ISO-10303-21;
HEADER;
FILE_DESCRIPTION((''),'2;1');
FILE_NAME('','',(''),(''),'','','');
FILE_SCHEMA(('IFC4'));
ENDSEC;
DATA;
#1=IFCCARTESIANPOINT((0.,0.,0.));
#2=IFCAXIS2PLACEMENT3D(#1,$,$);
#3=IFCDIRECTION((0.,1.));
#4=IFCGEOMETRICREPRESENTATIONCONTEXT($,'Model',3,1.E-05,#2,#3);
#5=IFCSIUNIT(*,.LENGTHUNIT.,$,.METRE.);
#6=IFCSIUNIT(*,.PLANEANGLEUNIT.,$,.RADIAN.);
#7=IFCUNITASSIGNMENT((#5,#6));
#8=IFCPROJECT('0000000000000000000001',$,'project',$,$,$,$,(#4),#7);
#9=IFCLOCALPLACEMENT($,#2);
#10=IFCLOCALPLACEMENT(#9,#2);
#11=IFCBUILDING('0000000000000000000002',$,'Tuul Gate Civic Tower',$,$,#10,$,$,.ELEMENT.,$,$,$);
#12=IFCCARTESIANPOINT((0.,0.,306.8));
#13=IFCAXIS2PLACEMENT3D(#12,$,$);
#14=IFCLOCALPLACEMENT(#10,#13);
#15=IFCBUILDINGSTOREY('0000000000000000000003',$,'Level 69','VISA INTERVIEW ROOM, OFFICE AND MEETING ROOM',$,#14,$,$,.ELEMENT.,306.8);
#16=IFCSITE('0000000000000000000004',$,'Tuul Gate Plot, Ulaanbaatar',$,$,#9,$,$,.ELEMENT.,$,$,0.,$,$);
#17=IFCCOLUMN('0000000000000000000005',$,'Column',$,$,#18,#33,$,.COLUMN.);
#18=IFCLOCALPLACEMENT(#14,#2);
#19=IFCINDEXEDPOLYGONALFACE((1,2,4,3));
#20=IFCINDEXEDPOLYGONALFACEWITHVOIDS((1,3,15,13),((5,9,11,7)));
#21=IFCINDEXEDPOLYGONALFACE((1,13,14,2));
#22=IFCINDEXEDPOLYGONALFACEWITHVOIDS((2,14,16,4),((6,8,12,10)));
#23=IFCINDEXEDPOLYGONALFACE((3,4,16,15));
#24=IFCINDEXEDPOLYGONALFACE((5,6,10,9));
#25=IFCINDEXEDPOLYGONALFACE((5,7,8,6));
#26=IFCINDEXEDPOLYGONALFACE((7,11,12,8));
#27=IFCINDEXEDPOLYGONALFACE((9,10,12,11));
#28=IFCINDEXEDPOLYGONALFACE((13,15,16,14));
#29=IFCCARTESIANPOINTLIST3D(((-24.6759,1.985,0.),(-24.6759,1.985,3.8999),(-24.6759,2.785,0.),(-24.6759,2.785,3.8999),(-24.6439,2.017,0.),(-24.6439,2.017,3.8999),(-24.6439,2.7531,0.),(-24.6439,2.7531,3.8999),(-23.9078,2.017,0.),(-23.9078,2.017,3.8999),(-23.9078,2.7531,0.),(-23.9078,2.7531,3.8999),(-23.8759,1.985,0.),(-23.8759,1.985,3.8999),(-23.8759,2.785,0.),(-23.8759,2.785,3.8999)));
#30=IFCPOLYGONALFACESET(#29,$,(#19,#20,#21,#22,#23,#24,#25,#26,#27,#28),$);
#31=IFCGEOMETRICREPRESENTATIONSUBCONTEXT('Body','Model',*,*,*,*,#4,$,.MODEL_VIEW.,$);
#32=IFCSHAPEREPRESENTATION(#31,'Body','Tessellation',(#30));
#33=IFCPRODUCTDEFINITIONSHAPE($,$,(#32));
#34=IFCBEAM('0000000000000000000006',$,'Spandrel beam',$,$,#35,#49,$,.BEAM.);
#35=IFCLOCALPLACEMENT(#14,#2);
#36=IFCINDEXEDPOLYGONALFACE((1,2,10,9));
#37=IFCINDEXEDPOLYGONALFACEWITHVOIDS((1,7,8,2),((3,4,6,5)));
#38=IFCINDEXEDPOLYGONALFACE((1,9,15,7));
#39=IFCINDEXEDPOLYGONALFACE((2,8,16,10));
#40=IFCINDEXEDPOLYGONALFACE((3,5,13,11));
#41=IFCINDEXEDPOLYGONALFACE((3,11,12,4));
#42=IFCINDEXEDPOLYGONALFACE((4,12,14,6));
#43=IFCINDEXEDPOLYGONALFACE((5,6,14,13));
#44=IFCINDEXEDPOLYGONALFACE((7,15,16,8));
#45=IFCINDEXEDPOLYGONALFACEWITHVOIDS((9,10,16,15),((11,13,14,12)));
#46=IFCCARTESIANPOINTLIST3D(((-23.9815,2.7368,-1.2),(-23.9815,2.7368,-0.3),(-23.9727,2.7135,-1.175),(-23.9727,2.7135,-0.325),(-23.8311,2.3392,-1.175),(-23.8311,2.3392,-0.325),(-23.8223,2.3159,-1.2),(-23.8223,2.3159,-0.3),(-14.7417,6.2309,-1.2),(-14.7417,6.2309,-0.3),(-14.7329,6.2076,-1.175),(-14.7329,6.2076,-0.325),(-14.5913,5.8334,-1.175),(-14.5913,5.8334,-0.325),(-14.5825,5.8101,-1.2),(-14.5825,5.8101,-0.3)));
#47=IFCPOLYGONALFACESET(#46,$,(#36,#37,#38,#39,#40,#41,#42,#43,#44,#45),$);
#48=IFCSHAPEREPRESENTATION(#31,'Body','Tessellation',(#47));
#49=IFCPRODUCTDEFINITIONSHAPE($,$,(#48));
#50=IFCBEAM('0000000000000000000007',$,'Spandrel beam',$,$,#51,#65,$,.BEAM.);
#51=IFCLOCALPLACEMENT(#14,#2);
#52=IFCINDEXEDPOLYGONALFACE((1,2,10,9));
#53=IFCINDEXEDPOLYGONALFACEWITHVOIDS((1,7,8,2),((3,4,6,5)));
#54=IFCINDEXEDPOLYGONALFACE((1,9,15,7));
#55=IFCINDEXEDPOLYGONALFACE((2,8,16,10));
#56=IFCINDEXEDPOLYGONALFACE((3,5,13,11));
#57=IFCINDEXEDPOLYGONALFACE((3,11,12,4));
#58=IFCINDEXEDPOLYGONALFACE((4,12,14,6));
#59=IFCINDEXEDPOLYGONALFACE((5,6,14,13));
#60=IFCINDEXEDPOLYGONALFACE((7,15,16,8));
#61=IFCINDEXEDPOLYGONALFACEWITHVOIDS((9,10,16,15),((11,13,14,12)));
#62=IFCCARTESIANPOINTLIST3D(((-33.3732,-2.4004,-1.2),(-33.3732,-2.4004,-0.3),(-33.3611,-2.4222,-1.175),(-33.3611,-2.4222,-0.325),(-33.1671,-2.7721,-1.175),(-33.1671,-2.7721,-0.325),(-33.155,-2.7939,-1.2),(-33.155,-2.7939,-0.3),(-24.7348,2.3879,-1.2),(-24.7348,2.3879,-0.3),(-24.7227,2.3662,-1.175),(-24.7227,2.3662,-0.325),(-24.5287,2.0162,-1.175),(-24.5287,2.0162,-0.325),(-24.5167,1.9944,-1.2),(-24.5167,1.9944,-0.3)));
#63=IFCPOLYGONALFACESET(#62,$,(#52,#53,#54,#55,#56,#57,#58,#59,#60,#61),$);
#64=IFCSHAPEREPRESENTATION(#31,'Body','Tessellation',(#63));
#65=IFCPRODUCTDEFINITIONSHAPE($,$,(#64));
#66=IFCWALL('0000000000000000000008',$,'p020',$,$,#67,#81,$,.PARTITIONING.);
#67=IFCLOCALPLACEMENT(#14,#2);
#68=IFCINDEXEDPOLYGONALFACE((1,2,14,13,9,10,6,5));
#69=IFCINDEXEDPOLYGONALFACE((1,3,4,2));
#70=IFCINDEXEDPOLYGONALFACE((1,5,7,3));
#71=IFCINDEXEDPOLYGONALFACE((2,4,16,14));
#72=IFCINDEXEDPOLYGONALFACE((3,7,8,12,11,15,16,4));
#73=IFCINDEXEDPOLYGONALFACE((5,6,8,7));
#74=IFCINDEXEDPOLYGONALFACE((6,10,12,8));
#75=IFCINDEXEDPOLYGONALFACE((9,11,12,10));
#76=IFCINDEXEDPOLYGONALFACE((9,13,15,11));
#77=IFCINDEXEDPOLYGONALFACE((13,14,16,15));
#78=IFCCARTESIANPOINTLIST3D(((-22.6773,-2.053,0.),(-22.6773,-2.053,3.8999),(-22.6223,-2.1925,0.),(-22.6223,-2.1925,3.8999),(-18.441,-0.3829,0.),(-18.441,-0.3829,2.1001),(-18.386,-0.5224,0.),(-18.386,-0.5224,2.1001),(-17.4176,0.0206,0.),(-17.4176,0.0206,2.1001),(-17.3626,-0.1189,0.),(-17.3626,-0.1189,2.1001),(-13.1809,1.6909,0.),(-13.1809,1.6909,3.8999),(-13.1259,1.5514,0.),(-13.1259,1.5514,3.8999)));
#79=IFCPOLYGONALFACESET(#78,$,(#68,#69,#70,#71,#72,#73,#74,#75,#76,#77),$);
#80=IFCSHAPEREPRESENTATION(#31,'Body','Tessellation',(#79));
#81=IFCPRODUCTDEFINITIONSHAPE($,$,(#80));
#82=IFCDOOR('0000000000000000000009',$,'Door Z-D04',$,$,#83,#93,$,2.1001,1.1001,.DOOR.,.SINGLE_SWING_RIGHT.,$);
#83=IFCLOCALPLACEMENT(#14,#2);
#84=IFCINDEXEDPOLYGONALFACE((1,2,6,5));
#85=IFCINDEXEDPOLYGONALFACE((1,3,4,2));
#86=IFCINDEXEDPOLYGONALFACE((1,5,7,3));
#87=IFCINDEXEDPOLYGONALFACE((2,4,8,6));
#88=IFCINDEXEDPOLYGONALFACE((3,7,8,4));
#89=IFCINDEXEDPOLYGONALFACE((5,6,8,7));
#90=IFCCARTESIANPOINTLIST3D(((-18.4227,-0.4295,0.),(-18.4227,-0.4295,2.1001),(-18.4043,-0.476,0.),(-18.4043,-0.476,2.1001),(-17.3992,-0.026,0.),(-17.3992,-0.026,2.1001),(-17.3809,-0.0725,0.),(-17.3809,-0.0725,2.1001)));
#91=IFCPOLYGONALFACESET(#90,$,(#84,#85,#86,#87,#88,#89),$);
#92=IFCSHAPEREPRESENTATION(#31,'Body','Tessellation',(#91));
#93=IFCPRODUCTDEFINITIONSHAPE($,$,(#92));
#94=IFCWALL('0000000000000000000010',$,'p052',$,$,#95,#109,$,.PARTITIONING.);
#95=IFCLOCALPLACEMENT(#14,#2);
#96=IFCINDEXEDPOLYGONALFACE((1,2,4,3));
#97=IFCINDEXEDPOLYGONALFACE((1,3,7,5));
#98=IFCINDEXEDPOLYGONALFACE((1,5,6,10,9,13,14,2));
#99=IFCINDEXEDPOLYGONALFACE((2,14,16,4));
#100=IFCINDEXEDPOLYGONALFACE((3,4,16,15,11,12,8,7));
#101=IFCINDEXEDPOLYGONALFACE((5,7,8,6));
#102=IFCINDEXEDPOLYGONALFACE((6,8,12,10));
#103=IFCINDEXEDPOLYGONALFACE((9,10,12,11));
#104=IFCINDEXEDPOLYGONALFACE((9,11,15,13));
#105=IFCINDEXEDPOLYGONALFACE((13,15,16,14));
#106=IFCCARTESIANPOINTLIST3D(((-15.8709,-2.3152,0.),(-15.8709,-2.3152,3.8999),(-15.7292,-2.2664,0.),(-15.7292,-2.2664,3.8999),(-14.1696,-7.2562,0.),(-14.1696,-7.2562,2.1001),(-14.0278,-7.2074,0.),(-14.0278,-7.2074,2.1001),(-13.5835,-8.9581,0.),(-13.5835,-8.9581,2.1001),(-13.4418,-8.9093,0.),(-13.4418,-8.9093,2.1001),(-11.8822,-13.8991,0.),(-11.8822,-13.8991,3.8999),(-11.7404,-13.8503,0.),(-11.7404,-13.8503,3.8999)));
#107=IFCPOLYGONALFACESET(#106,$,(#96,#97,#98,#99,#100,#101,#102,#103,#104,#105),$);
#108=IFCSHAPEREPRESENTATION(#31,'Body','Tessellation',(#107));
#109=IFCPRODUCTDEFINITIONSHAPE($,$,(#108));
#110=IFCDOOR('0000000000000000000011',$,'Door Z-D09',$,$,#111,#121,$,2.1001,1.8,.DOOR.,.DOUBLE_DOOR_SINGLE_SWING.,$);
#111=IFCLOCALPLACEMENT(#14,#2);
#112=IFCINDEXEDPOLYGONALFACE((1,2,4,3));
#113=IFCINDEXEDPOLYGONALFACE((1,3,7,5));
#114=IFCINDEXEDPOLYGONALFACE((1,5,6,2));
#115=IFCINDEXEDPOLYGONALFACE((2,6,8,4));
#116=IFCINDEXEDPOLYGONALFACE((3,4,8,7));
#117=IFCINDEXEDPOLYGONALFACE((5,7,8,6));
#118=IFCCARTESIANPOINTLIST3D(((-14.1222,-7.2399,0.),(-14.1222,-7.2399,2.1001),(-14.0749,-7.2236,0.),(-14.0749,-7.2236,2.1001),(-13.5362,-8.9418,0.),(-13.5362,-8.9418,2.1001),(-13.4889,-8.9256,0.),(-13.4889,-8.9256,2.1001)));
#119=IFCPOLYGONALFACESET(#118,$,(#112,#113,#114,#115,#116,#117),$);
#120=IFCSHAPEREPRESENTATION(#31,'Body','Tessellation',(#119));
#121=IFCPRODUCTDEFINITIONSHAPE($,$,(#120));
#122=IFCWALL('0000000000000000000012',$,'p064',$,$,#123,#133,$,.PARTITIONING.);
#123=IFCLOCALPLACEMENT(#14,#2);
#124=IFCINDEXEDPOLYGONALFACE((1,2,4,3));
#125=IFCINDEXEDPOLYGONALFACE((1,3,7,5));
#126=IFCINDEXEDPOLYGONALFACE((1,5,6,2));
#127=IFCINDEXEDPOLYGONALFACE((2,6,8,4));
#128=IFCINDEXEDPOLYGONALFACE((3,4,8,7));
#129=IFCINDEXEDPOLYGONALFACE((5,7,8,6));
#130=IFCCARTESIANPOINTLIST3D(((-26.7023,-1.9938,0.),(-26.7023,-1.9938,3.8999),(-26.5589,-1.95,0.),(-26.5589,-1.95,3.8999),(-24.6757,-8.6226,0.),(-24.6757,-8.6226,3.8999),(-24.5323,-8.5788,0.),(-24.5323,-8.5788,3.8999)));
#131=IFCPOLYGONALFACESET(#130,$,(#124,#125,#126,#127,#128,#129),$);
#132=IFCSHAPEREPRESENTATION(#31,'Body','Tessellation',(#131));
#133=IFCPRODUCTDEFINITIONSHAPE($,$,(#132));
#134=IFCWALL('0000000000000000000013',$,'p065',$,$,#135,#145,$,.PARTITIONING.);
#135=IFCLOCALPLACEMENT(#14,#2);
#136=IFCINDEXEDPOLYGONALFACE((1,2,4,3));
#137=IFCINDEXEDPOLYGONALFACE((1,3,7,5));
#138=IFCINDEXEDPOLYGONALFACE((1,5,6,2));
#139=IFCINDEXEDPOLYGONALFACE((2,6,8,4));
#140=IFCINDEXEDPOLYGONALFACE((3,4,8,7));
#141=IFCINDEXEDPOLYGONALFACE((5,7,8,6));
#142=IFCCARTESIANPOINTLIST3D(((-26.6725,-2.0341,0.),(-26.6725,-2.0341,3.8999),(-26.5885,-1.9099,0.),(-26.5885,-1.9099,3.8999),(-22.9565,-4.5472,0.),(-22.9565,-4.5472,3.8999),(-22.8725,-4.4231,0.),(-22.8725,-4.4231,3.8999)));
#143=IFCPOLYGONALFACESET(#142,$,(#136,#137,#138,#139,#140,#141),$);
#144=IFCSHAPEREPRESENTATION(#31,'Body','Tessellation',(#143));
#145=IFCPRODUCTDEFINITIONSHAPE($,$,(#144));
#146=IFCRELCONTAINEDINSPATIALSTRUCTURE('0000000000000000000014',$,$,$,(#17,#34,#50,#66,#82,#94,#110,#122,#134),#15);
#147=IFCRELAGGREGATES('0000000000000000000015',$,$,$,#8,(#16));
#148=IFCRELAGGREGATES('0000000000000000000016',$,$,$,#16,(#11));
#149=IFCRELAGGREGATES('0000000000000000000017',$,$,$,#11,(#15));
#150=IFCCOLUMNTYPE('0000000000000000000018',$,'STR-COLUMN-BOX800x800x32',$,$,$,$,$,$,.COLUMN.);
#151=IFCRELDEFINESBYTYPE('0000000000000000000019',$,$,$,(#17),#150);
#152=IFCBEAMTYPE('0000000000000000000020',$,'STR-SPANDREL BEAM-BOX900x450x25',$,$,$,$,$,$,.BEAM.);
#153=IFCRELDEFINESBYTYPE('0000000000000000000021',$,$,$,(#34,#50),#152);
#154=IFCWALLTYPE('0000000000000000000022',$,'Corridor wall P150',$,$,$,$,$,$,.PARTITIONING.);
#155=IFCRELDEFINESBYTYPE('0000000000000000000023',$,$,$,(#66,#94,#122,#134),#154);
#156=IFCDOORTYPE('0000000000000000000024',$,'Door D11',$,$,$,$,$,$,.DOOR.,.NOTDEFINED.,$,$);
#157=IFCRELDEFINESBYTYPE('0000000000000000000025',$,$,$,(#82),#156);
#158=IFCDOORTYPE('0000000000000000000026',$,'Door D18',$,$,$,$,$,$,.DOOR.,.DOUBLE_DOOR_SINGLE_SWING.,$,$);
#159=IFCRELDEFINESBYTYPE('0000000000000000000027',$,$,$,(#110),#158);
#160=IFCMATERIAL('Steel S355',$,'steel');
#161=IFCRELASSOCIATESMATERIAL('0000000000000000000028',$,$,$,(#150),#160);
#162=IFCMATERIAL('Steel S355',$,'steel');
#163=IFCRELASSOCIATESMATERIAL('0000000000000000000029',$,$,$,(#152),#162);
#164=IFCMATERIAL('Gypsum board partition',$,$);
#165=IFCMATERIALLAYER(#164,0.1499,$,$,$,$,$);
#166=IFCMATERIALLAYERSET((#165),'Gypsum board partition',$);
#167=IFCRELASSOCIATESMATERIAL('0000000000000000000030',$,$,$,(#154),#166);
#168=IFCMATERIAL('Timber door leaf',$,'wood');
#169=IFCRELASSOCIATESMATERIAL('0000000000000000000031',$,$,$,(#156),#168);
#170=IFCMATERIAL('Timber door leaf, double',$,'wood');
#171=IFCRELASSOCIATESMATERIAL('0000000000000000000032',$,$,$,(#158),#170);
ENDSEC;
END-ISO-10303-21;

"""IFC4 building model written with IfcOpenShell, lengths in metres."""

from ifc_helpers import new_model, si_unit, direction, frame, frame_2d, origin, origin_2d, place, context, subcontext, project, spatial, rectangle, hollow_rectangle, extrude, material, layer, layer_set, material_profile, profile_set, type_object, element, fill, save


model = new_model("IFC4")

# Units and contexts
model_context = context("Model", 3, precision=1e-05, world=origin(), true_north=direction((0.0, 1.0)))
body_context = subcontext(model_context, "Body", "Model", "MODEL_VIEW")
ifc_project = project(units=[si_unit("LENGTHUNIT", "METRE"), si_unit("PLANEANGLEUNIT", "RADIAN")], contexts=[model_context])

# Site, building, storey
site_placement = place(None, origin())
site = spatial("IfcSite", under=ifc_project, at=site_placement, Name="Tuul Gate Plot, Ulaanbaatar", CompositionType="ELEMENT", RefElevation=0.0)
building_placement = place(site_placement, origin())
building = spatial("IfcBuilding", under=site, at=building_placement, Name="Tuul Gate Civic Tower", CompositionType="ELEMENT")
storey_placement = place(building_placement, frame((0.0, 0.0, 306.8)))
storey = spatial("IfcBuildingStorey", under=building, at=storey_placement, Name="Level 69", Description="VISA INTERVIEW ROOM, OFFICE AND MEETING ROOM", CompositionType="ELEMENT", Elevation=306.8)

# Column
ifc_material_1 = material(Name="Steel S355", Category="steel")
ifc_material_profile_1 = material_profile(ifc_material_1, hollow_rectangle(XDim=0.8, YDim=0.8, WallThickness=0.032, at=origin_2d()), Name="BOX800x800x32")
ifc_profile_set_1 = profile_set([ifc_material_profile_1], Name="Steel S355")
column_type = type_object("IfcColumnType", Name="STR-COLUMN-BOX800x800x32", PredefinedType="COLUMN", material=ifc_profile_set_1)
column_placement = place(storey_placement, frame((-24.2759, 2.385, 0.0), z_axis=(0.0, 0.0, 1.0), x_axis=(1.0, 0.0, 0.0)))
element("IfcColumn", 1, at=column_placement, inside=storey, type_object=column_type, Name="Column", PredefinedType="COLUMN", context=body_context, shape_type="SweptSolid", body=[
    extrude(hollow_rectangle(XDim=0.8, YDim=0.8, WallThickness=0.032, at=origin_2d()), origin(), (0.0, 0.0, 1.0), 3.8999),
])

# Beams
ifc_material_2 = material(Name="Steel S355", Category="steel")
ifc_material_profile_2 = material_profile(ifc_material_2, hollow_rectangle(XDim=0.45, YDim=0.8999, WallThickness=0.0249, at=origin_2d()), Name="BOX900x450x25")
ifc_profile_set_2 = profile_set([ifc_material_profile_2], Name="Steel S355")
beam_type = type_object("IfcBeamType", Name="STR-SPANDREL BEAM-BOX900x450x25", PredefinedType="BEAM", material=ifc_profile_set_2)
beam_1_placement = place(storey_placement, frame((-14.6621, 6.0205, -0.75), z_axis=(-0.935353, -0.353717, 0.0), x_axis=(0.353717, -0.935353, 0.0)))
element("IfcBeam", 2, at=beam_1_placement, inside=storey, type_object=beam_type, Name="Spandrel beam", PredefinedType="BEAM", context=body_context, shape_type="SweptSolid", body=[
    extrude(hollow_rectangle(XDim=0.45, YDim=0.8999, WallThickness=0.0249, at=origin_2d()), origin(), (0.0, 0.0, 1.0), 9.8784),
])
beam_2_placement = place(storey_placement, frame((-24.6257, 2.1912, -0.75), z_axis=(-0.874621, -0.484807, 0.0), x_axis=(0.484807, -0.874621, 0.0)))
element("IfcBeam", 3, at=beam_2_placement, inside=storey, type_object=beam_type, Name="Spandrel beam", PredefinedType="BEAM", context=body_context, shape_type="SweptSolid", body=[
    extrude(hollow_rectangle(XDim=0.45, YDim=0.8999, WallThickness=0.0249, at=origin_2d()), origin(), (0.0, 0.0, 1.0), 9.8767),
])

# Walls, openings, doors
ifc_material_3 = material(Name="Gypsum board partition")
ifc_layer_1 = layer(ifc_material_3, 0.1499)
ifc_layer_set_1 = layer_set([ifc_layer_1], Name="Gypsum board partition")
wall_type_1 = type_object("IfcWallType", Name="Corridor wall P150", PredefinedType="PARTITIONING", material=ifc_layer_set_1)
wall_1_placement = place(storey_placement, frame((-22.6499, -2.1228, 0.0), z_axis=(0.0, 0.0, 1.0), x_axis=(0.930311, 0.366772, 0.0)))
wall_1 = element("IfcWall", 4, at=wall_1_placement, inside=storey, type_object=wall_type_1, Name="p020", PredefinedType="PARTITIONING", context=body_context, shape_type="SweptSolid", body=[
    extrude(rectangle(XDim=10.2078, YDim=0.1499, at=frame_2d((5.104, 0.0))), origin(), (0.0, 0.0, 1.0), 3.8999),
])
opening_1_placement = place(wall_1_placement, frame((4.5537, 0.0, 0.0)))
opening_1 = element("IfcOpeningElement", 5, at=opening_1_placement, cuts=wall_1, PredefinedType="OPENING", context=body_context, shape_type="SweptSolid", body=[
    extrude(rectangle(XDim=1.1001, YDim=2.1001, at=frame_2d((0.55, 1.05))), frame((0.0, 0.085, 0.0), z_axis=(0.0, -1.0, 0.0), x_axis=(1.0, 0.0, 0.0)), (0.0, 0.0, 1.0), 0.1699),
])
ifc_material_4 = material(Name="Timber door leaf", Category="wood")
door_type_1 = type_object("IfcDoorType", Name="Door D11", OperationType="NOTDEFINED", PredefinedType="DOOR", material=ifc_material_4)
door_1_placement = place(opening_1_placement, origin())
door_1 = element("IfcDoor", 6, at=door_1_placement, inside=storey, type_object=door_type_1, Name="Door Z-D04", OperationType="SINGLE_SWING_RIGHT", OverallHeight=2.1001, OverallWidth=1.1001, PredefinedType="DOOR", context=body_context, shape_type="SweptSolid", body=[
    extrude(rectangle(XDim=1.1001, YDim=2.1001, at=frame_2d((0.55, 1.05))), frame((0.0, 0.0249, 0.0), z_axis=(0.0, -1.0, 0.0), x_axis=(1.0, 0.0, 0.0)), (0.0, 0.0, 1.0), 0.05),
])
fill(opening_1, door_1)
wall_2_placement = place(storey_placement, frame((-15.8, -2.2908, 0.0), z_axis=(0.0, 0.0, 1.0), x_axis=(0.325574, -0.945516, 0.0)))
wall_2 = element("IfcWall", 7, at=wall_2_placement, inside=storey, type_object=wall_type_1, Name="p052", PredefinedType="PARTITIONING", context=body_context, shape_type="SweptSolid", body=[
    extrude(rectangle(XDim=12.2515, YDim=0.1499, at=frame_2d((6.1257, 0.0))), origin(), (0.0, 0.0, 1.0), 3.8999),
])
opening_2_placement = place(wall_2_placement, frame((5.2258, 0.0, 0.0)))
opening_2 = element("IfcOpeningElement", 8, at=opening_2_placement, cuts=wall_2, PredefinedType="OPENING", context=body_context, shape_type="SweptSolid", body=[
    extrude(rectangle(XDim=1.8, YDim=2.1001, at=frame_2d((0.8999, 1.05))), frame((0.0, 0.085, 0.0), z_axis=(0.0, -1.0, 0.0), x_axis=(1.0, 0.0, 0.0)), (0.0, 0.0, 1.0), 0.1699),
])
ifc_material_5 = material(Name="Timber door leaf, double", Category="wood")
door_type_2 = type_object("IfcDoorType", Name="Door D18", OperationType="DOUBLE_DOOR_SINGLE_SWING", PredefinedType="DOOR", material=ifc_material_5)
door_2_placement = place(opening_2_placement, frame((1.8, 0.0, 0.0), z_axis=(0.0, 0.0, 1.0), x_axis=(-1.0, 0.0, 0.0)))
door_2 = element("IfcDoor", 9, at=door_2_placement, inside=storey, type_object=door_type_2, Name="Door Z-D09", OperationType="DOUBLE_DOOR_SINGLE_SWING", OverallHeight=2.1001, OverallWidth=1.8, PredefinedType="DOOR", context=body_context, shape_type="SweptSolid", body=[
    extrude(rectangle(XDim=1.8, YDim=2.1001, at=frame_2d((0.9001, 1.05))), frame((0.0, 0.0249, 0.0), z_axis=(0.0, -1.0, 0.0), x_axis=(1.0, 0.0, 0.0)), (0.0, 0.0, 1.0), 0.05),
])
fill(opening_2, door_2)

# Walls
wall_3_placement = place(storey_placement, frame((-26.6306, -1.9719, 0.0), z_axis=(0.0, 0.0, 1.0), x_axis=(0.292375, -0.956304, 0.0)))
element("IfcWall", 10, at=wall_3_placement, inside=storey, type_object=wall_type_1, Name="p064", PredefinedType="PARTITIONING", context=body_context, shape_type="SweptSolid", body=[
    extrude(rectangle(XDim=6.9316, YDim=0.1499, at=frame_2d((3.4658, 0.0))), origin(), (0.0, 0.0, 1.0), 3.8999),
])
wall_4_placement = place(storey_placement, frame((-26.6306, -1.9719, 0.0), z_axis=(0.0, 0.0, 1.0), x_axis=(0.828348, -0.560214, 0.0)))
element("IfcWall", 11, at=wall_4_placement, inside=storey, type_object=wall_type_1, Name="p065", PredefinedType="PARTITIONING", context=body_context, shape_type="SweptSolid", body=[
    extrude(rectangle(XDim=4.4861, YDim=0.1499, at=frame_2d((2.2432, 0.0))), origin(), (0.0, 0.0, 1.0), 3.8999),
])

save(model, "model.ifc")
